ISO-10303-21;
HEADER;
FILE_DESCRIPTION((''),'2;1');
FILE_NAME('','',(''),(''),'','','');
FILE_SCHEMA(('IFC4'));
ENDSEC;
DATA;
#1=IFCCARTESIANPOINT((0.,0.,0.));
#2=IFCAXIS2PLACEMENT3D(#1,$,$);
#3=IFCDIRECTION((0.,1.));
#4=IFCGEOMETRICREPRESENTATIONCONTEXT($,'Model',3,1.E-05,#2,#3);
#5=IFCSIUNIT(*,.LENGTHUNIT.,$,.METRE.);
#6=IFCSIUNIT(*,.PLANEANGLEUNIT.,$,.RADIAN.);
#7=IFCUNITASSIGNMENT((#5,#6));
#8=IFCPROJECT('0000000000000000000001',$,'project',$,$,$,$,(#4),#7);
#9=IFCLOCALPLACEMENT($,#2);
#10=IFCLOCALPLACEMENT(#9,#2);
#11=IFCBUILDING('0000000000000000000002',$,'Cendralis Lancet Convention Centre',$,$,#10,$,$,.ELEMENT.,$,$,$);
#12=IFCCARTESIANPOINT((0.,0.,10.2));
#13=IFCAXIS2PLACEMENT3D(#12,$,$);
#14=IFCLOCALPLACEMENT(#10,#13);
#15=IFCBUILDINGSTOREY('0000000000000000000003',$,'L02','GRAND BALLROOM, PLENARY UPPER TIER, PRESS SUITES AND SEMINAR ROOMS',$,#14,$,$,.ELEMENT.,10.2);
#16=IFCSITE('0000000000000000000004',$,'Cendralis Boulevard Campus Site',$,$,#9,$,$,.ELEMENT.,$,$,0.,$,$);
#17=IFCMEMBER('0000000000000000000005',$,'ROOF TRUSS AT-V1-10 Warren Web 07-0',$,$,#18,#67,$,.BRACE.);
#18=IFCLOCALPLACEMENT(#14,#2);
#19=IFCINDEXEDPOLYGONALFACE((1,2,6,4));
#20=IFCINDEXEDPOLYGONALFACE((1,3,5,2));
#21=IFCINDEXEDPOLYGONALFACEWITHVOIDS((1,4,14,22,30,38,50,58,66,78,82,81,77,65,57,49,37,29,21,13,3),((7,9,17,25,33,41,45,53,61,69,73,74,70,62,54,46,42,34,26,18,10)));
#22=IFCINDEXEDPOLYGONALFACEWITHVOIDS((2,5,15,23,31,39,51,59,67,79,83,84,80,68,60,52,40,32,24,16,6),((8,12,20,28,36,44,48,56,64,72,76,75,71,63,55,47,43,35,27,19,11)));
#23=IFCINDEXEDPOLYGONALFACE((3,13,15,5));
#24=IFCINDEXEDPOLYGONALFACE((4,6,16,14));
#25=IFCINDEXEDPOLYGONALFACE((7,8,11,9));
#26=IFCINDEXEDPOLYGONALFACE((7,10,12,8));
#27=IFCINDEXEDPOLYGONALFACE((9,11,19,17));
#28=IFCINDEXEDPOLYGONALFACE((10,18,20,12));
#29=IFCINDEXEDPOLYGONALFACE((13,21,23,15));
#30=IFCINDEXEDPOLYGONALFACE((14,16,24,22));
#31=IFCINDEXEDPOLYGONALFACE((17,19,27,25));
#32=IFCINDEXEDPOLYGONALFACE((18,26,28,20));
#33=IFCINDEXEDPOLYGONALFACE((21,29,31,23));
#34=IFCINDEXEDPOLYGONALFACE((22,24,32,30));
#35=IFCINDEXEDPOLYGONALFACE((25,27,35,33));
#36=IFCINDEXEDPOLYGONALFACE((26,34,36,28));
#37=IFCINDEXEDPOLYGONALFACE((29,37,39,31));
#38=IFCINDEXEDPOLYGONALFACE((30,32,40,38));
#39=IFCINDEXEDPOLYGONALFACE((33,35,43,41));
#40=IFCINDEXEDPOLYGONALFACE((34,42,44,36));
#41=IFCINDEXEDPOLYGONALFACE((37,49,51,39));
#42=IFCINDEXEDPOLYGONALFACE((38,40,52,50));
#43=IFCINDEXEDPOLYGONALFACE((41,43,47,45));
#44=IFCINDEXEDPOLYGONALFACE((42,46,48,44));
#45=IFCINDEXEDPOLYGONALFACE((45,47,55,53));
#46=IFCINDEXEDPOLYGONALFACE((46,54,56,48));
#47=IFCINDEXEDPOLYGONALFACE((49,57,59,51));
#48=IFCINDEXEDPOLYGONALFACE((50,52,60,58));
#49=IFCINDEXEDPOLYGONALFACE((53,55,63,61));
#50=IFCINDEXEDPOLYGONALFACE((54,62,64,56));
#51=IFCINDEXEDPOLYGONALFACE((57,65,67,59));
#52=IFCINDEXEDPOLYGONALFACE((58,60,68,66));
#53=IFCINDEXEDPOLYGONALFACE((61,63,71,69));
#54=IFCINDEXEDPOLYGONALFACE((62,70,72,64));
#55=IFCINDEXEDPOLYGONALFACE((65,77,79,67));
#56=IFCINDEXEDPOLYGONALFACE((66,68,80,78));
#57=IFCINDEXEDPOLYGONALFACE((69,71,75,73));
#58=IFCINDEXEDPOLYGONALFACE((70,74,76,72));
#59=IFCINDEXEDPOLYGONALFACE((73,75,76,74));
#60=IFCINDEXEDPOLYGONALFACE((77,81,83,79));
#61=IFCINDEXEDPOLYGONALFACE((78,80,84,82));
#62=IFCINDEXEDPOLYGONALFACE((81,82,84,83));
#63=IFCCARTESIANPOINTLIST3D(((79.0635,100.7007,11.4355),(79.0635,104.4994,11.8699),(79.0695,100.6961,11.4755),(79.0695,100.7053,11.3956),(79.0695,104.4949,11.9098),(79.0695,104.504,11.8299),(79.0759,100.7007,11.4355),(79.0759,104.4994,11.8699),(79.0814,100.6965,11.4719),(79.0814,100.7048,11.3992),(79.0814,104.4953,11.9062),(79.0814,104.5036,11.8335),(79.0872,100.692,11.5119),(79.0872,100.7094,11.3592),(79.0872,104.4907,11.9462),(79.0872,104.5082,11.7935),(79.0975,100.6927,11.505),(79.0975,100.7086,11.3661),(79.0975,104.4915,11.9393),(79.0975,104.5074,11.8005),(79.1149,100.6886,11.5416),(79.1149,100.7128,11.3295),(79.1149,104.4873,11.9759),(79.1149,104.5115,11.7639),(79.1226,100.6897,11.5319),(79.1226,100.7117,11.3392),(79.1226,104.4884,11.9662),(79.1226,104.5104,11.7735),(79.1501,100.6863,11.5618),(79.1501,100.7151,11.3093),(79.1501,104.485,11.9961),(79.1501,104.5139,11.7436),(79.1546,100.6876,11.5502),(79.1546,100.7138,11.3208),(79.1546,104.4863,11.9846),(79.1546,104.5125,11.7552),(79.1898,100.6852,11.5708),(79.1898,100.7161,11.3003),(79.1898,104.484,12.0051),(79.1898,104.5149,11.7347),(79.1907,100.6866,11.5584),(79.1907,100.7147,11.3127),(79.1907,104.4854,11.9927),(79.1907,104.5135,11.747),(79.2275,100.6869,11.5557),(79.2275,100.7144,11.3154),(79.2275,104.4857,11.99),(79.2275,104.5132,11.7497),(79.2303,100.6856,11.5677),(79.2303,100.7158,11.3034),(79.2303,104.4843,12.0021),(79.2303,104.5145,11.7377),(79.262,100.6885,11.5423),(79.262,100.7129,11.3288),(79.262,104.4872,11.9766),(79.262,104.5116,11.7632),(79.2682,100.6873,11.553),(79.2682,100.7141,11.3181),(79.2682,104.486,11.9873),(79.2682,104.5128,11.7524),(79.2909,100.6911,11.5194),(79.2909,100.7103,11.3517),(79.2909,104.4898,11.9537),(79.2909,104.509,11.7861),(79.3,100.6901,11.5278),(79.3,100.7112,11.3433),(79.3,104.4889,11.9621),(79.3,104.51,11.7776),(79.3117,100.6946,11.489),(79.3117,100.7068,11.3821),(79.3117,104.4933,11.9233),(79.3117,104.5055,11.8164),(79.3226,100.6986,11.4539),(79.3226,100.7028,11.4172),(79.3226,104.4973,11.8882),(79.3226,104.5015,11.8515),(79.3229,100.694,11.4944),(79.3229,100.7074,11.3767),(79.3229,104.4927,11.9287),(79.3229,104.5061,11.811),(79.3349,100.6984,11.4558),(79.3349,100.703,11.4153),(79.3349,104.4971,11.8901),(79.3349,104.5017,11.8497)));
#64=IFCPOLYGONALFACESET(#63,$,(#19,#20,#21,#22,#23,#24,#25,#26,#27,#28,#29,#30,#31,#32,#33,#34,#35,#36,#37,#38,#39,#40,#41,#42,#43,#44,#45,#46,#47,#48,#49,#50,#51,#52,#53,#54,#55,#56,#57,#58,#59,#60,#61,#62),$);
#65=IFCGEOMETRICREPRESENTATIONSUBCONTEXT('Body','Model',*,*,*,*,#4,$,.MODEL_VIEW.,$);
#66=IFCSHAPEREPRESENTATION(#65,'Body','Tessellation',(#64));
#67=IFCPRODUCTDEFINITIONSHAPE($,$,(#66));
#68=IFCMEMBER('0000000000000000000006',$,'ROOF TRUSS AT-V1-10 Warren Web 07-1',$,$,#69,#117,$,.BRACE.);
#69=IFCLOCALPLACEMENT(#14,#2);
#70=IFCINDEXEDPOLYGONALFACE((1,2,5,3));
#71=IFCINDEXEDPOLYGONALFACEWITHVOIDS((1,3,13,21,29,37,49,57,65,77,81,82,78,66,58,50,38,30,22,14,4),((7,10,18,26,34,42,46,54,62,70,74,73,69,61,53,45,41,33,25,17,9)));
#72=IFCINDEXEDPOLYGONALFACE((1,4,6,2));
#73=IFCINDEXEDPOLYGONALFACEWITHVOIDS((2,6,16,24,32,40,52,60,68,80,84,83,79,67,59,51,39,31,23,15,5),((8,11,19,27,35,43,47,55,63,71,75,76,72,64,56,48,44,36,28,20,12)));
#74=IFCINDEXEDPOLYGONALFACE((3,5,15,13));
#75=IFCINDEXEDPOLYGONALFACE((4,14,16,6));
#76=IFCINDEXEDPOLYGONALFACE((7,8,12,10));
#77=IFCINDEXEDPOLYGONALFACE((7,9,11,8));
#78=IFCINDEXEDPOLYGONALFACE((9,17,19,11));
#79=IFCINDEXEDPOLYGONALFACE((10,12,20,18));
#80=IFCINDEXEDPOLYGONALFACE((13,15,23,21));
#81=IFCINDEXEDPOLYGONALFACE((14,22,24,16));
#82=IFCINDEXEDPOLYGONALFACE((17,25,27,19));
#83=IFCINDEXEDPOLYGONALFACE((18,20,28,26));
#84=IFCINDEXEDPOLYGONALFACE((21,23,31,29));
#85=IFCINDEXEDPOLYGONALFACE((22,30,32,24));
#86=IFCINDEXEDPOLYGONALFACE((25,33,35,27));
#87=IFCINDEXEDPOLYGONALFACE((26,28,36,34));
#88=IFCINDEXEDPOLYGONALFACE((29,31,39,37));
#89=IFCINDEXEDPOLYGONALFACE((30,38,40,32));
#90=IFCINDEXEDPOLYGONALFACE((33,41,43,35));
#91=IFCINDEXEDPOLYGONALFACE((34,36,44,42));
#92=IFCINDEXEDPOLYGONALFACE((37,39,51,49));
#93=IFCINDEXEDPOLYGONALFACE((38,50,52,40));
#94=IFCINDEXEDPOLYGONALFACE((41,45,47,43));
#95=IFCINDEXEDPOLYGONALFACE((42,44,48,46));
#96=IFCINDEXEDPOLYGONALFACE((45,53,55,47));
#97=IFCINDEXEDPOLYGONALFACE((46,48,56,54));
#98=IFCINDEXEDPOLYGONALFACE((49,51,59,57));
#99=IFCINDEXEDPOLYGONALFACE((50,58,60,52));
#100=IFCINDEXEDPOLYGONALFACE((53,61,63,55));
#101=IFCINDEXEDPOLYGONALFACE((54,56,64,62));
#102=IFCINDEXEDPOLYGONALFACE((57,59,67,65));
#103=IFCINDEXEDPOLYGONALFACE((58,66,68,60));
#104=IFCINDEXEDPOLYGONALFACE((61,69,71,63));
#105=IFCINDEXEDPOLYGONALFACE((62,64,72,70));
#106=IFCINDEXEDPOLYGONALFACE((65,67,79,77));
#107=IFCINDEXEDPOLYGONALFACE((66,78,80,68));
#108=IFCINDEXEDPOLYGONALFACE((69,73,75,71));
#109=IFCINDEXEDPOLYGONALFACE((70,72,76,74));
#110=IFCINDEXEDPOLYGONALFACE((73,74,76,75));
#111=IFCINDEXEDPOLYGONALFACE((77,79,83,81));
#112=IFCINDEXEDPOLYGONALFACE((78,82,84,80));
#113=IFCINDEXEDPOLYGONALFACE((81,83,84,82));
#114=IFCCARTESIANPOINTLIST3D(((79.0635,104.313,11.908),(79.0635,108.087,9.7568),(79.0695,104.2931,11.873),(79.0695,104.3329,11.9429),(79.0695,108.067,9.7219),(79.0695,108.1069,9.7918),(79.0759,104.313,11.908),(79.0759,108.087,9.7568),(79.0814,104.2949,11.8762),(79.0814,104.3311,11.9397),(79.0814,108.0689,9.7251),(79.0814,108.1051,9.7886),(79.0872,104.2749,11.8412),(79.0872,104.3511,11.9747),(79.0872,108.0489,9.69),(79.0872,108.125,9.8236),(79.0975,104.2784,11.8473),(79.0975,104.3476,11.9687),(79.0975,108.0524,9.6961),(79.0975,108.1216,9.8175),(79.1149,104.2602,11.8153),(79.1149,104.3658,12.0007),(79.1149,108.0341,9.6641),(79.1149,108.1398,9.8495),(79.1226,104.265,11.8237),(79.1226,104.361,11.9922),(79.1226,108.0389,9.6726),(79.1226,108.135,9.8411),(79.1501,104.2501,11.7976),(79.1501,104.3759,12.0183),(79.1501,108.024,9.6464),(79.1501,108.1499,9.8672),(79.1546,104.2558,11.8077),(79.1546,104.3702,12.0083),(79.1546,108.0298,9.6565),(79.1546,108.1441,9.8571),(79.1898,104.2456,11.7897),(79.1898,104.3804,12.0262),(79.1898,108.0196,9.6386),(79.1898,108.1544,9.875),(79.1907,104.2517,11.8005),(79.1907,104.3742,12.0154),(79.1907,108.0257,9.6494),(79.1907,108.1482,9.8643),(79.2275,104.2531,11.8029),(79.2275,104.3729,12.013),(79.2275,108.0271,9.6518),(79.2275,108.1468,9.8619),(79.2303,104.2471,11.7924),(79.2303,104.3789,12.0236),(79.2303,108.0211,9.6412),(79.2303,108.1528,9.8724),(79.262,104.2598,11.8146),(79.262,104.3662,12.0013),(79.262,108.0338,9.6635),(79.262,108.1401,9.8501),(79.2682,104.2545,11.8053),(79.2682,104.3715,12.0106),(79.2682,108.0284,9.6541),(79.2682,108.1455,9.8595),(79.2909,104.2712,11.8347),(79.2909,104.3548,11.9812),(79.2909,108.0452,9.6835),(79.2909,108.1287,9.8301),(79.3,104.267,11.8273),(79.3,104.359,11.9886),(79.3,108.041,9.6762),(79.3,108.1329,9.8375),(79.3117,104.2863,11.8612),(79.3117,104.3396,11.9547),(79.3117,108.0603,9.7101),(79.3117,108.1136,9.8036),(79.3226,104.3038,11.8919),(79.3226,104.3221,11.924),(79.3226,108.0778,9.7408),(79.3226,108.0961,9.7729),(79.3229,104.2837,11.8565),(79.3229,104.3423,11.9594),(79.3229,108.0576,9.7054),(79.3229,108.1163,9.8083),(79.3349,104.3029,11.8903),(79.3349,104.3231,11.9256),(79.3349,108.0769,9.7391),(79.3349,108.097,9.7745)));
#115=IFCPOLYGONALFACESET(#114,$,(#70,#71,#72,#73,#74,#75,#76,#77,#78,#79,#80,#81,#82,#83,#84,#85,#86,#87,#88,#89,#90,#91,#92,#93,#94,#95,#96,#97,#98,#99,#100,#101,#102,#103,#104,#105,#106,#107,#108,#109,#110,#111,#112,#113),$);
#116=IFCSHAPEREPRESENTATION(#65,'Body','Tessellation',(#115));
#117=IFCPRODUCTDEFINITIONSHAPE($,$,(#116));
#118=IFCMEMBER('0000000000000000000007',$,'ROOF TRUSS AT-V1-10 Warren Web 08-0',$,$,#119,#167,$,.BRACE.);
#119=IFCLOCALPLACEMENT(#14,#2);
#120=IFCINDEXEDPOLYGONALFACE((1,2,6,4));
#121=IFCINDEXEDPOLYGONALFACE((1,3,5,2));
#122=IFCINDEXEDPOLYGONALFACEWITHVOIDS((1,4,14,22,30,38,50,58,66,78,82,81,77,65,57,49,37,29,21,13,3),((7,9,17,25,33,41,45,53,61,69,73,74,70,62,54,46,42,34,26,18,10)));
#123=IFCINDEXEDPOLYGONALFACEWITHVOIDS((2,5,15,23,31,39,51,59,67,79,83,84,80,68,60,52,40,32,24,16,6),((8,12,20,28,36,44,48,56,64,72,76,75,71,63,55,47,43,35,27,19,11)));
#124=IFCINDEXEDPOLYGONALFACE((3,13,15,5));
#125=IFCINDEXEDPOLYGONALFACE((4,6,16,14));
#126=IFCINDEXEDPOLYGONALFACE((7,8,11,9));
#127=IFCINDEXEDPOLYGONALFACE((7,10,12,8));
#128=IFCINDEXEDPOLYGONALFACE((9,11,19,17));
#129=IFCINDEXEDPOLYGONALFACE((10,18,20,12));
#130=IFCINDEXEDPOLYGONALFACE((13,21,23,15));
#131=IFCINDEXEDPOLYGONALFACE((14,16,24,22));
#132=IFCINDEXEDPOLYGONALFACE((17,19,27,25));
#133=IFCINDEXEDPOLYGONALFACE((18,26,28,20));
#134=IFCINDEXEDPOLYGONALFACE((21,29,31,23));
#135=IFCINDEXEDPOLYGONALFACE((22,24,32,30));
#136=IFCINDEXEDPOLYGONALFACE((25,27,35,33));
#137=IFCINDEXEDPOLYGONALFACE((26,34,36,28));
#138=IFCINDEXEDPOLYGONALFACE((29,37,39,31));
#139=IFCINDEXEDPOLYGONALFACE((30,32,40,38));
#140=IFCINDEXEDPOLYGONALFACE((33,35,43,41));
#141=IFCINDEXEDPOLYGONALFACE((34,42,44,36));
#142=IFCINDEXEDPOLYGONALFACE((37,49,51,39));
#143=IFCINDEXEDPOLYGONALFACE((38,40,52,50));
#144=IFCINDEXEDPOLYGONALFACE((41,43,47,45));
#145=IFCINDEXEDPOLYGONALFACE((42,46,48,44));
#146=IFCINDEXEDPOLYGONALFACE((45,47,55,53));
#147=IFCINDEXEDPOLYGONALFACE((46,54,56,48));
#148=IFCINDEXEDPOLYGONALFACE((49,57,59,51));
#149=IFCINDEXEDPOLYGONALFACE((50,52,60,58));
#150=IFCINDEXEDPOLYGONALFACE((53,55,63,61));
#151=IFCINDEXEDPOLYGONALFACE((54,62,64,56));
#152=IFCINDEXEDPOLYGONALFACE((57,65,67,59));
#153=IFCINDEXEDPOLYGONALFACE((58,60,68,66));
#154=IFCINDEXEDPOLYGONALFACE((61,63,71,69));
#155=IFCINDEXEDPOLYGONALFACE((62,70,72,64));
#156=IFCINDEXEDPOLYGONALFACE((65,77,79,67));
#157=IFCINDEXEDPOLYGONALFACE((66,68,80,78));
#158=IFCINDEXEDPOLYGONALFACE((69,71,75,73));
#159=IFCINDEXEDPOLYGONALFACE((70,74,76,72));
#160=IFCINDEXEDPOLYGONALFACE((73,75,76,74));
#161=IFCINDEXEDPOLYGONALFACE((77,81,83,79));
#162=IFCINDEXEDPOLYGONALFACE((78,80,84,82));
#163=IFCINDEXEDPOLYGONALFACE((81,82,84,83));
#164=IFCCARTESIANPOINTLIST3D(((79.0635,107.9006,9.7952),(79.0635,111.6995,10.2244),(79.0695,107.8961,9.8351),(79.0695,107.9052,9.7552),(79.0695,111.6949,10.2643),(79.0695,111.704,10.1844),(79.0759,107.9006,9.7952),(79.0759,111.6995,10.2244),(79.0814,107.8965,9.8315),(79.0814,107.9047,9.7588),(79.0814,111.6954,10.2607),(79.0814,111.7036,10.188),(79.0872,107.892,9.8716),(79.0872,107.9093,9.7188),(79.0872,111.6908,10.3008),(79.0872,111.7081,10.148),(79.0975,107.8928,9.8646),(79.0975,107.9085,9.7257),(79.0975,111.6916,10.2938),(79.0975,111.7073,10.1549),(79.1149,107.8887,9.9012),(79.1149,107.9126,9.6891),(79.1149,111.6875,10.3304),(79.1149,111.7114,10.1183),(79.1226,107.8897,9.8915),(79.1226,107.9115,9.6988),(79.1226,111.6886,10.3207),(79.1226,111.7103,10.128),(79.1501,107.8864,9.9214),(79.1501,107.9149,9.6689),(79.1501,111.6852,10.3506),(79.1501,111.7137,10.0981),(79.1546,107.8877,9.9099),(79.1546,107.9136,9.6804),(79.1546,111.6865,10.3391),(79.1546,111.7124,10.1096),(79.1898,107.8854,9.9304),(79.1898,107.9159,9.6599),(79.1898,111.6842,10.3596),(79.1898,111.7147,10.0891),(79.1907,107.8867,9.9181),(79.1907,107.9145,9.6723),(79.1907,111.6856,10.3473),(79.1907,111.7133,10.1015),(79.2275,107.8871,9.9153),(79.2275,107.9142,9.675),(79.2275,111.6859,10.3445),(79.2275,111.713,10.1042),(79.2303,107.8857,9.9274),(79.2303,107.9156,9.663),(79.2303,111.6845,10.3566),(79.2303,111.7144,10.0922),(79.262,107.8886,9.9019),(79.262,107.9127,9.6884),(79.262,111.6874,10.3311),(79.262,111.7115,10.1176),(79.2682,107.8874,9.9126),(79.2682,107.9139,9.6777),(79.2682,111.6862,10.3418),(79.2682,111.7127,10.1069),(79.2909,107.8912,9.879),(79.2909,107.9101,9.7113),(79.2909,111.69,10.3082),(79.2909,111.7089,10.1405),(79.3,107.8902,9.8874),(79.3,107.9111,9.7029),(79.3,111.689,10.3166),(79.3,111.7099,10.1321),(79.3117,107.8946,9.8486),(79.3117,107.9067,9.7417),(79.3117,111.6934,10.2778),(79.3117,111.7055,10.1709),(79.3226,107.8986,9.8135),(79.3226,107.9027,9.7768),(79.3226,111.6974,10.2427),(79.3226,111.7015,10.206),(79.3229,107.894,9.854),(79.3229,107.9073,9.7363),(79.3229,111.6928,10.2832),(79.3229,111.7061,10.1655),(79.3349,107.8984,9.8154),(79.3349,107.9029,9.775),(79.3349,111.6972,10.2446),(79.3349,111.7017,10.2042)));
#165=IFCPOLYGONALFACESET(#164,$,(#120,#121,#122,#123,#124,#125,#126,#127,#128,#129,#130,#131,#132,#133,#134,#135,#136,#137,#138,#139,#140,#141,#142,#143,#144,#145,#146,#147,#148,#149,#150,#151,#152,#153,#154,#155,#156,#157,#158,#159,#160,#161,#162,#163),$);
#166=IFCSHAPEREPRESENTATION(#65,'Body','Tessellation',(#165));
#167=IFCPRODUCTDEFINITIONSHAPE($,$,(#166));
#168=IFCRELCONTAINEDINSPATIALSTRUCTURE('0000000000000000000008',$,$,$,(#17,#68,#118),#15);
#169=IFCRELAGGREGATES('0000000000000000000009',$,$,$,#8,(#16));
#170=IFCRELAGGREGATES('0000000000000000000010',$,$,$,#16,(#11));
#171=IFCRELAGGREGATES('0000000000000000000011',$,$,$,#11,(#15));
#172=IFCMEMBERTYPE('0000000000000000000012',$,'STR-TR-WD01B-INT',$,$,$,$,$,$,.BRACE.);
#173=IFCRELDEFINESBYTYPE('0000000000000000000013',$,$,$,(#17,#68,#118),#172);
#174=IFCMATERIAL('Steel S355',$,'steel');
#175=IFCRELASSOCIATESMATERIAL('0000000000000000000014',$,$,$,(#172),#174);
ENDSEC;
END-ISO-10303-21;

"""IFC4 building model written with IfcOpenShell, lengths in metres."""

from ifc_helpers import new_model, si_unit, direction, frame, origin, origin_2d, place, context, subcontext, project, spatial, hollow_circle, extrude, material, material_profile, profile_set, type_object, element, save


model = new_model("IFC4")

# Units and contexts
model_context = context("Model", 3, precision=1e-05, world=origin(), true_north=direction((0.0, 1.0)))
body_context = subcontext(model_context, "Body", "Model", "MODEL_VIEW")
ifc_project = project(units=[si_unit("LENGTHUNIT", "METRE"), si_unit("PLANEANGLEUNIT", "RADIAN")], contexts=[model_context])

# Site, building, storey
site_placement = place(None, origin())
site = spatial("IfcSite", under=ifc_project, at=site_placement, Name="Cendralis Boulevard Campus Site", CompositionType="ELEMENT", RefElevation=0.0)
building_placement = place(site_placement, origin())
building = spatial("IfcBuilding", under=site, at=building_placement, Name="Cendralis Lancet Convention Centre", CompositionType="ELEMENT")
storey_placement = place(building_placement, frame((0.0, 0.0, 10.2)))
storey = spatial("IfcBuildingStorey", under=building, at=storey_placement, Name="L02", Description="GRAND BALLROOM, PLENARY UPPER TIER, PRESS SUITES AND SEMINAR ROOMS", CompositionType="ELEMENT", Elevation=10.2)

# Members
ifc_material = material(Name="Steel S355", Category="steel")
ifc_material_profile_1 = material_profile(ifc_material, hollow_circle(Radius=0.1365, WallThickness=0.0125, at=origin_2d()), Name="CHS 273.0x12.5")
ifc_profile_set_1 = profile_set([ifc_material_profile_1], Name="Steel S355")
member_type_1 = type_object("IfcMemberType", Name="STR-TR-WD01B-INT", PredefinedType="BRACE", material=ifc_profile_set_1)
member_1_placement = place(storey_placement, frame((79.2, 100.7007, 11.4355), z_axis=(0.0, 0.993528, 0.113592), x_axis=(-1.0, 0.0, 0.0)))
element("IfcMember", 1, at=member_1_placement, inside=storey, type_object=member_type_1, Name="ROOF TRUSS AT-V1-10 Warren Web 07-0", PredefinedType="BRACE", context=body_context, shape_type="SweptSolid", body=[
    extrude(hollow_circle(Radius=0.1365, WallThickness=0.0125, at=origin_2d()), origin(), (0.0, 0.0, 1.0), 3.8235),
])
member_2_placement = place(storey_placement, frame((79.2, 104.313, 11.908), z_axis=(0.0, 0.868779, -0.4952), x_axis=(-1.0, 0.0, 0.0)))
element("IfcMember", 2, at=member_2_placement, inside=storey, type_object=member_type_1, Name="ROOF TRUSS AT-V1-10 Warren Web 07-1", PredefinedType="BRACE", context=body_context, shape_type="SweptSolid", body=[
    extrude(hollow_circle(Radius=0.1365, WallThickness=0.0125, at=origin_2d()), origin(), (0.0, 0.0, 1.0), 4.344),
])
member_3_placement = place(storey_placement, frame((79.2, 107.9006, 9.7952), z_axis=(0.0, 0.993678, 0.112268), x_axis=(-1.0, 0.0, 0.0)))
element("IfcMember", 3, at=member_3_placement, inside=storey, type_object=member_type_1, Name="ROOF TRUSS AT-V1-10 Warren Web 08-0", PredefinedType="BRACE", context=body_context, shape_type="SweptSolid", body=[
    extrude(hollow_circle(Radius=0.1365, WallThickness=0.0125, at=origin_2d()), origin(), (0.0, 0.0, 1.0), 3.823),
])

save(model, "model.ifc")
